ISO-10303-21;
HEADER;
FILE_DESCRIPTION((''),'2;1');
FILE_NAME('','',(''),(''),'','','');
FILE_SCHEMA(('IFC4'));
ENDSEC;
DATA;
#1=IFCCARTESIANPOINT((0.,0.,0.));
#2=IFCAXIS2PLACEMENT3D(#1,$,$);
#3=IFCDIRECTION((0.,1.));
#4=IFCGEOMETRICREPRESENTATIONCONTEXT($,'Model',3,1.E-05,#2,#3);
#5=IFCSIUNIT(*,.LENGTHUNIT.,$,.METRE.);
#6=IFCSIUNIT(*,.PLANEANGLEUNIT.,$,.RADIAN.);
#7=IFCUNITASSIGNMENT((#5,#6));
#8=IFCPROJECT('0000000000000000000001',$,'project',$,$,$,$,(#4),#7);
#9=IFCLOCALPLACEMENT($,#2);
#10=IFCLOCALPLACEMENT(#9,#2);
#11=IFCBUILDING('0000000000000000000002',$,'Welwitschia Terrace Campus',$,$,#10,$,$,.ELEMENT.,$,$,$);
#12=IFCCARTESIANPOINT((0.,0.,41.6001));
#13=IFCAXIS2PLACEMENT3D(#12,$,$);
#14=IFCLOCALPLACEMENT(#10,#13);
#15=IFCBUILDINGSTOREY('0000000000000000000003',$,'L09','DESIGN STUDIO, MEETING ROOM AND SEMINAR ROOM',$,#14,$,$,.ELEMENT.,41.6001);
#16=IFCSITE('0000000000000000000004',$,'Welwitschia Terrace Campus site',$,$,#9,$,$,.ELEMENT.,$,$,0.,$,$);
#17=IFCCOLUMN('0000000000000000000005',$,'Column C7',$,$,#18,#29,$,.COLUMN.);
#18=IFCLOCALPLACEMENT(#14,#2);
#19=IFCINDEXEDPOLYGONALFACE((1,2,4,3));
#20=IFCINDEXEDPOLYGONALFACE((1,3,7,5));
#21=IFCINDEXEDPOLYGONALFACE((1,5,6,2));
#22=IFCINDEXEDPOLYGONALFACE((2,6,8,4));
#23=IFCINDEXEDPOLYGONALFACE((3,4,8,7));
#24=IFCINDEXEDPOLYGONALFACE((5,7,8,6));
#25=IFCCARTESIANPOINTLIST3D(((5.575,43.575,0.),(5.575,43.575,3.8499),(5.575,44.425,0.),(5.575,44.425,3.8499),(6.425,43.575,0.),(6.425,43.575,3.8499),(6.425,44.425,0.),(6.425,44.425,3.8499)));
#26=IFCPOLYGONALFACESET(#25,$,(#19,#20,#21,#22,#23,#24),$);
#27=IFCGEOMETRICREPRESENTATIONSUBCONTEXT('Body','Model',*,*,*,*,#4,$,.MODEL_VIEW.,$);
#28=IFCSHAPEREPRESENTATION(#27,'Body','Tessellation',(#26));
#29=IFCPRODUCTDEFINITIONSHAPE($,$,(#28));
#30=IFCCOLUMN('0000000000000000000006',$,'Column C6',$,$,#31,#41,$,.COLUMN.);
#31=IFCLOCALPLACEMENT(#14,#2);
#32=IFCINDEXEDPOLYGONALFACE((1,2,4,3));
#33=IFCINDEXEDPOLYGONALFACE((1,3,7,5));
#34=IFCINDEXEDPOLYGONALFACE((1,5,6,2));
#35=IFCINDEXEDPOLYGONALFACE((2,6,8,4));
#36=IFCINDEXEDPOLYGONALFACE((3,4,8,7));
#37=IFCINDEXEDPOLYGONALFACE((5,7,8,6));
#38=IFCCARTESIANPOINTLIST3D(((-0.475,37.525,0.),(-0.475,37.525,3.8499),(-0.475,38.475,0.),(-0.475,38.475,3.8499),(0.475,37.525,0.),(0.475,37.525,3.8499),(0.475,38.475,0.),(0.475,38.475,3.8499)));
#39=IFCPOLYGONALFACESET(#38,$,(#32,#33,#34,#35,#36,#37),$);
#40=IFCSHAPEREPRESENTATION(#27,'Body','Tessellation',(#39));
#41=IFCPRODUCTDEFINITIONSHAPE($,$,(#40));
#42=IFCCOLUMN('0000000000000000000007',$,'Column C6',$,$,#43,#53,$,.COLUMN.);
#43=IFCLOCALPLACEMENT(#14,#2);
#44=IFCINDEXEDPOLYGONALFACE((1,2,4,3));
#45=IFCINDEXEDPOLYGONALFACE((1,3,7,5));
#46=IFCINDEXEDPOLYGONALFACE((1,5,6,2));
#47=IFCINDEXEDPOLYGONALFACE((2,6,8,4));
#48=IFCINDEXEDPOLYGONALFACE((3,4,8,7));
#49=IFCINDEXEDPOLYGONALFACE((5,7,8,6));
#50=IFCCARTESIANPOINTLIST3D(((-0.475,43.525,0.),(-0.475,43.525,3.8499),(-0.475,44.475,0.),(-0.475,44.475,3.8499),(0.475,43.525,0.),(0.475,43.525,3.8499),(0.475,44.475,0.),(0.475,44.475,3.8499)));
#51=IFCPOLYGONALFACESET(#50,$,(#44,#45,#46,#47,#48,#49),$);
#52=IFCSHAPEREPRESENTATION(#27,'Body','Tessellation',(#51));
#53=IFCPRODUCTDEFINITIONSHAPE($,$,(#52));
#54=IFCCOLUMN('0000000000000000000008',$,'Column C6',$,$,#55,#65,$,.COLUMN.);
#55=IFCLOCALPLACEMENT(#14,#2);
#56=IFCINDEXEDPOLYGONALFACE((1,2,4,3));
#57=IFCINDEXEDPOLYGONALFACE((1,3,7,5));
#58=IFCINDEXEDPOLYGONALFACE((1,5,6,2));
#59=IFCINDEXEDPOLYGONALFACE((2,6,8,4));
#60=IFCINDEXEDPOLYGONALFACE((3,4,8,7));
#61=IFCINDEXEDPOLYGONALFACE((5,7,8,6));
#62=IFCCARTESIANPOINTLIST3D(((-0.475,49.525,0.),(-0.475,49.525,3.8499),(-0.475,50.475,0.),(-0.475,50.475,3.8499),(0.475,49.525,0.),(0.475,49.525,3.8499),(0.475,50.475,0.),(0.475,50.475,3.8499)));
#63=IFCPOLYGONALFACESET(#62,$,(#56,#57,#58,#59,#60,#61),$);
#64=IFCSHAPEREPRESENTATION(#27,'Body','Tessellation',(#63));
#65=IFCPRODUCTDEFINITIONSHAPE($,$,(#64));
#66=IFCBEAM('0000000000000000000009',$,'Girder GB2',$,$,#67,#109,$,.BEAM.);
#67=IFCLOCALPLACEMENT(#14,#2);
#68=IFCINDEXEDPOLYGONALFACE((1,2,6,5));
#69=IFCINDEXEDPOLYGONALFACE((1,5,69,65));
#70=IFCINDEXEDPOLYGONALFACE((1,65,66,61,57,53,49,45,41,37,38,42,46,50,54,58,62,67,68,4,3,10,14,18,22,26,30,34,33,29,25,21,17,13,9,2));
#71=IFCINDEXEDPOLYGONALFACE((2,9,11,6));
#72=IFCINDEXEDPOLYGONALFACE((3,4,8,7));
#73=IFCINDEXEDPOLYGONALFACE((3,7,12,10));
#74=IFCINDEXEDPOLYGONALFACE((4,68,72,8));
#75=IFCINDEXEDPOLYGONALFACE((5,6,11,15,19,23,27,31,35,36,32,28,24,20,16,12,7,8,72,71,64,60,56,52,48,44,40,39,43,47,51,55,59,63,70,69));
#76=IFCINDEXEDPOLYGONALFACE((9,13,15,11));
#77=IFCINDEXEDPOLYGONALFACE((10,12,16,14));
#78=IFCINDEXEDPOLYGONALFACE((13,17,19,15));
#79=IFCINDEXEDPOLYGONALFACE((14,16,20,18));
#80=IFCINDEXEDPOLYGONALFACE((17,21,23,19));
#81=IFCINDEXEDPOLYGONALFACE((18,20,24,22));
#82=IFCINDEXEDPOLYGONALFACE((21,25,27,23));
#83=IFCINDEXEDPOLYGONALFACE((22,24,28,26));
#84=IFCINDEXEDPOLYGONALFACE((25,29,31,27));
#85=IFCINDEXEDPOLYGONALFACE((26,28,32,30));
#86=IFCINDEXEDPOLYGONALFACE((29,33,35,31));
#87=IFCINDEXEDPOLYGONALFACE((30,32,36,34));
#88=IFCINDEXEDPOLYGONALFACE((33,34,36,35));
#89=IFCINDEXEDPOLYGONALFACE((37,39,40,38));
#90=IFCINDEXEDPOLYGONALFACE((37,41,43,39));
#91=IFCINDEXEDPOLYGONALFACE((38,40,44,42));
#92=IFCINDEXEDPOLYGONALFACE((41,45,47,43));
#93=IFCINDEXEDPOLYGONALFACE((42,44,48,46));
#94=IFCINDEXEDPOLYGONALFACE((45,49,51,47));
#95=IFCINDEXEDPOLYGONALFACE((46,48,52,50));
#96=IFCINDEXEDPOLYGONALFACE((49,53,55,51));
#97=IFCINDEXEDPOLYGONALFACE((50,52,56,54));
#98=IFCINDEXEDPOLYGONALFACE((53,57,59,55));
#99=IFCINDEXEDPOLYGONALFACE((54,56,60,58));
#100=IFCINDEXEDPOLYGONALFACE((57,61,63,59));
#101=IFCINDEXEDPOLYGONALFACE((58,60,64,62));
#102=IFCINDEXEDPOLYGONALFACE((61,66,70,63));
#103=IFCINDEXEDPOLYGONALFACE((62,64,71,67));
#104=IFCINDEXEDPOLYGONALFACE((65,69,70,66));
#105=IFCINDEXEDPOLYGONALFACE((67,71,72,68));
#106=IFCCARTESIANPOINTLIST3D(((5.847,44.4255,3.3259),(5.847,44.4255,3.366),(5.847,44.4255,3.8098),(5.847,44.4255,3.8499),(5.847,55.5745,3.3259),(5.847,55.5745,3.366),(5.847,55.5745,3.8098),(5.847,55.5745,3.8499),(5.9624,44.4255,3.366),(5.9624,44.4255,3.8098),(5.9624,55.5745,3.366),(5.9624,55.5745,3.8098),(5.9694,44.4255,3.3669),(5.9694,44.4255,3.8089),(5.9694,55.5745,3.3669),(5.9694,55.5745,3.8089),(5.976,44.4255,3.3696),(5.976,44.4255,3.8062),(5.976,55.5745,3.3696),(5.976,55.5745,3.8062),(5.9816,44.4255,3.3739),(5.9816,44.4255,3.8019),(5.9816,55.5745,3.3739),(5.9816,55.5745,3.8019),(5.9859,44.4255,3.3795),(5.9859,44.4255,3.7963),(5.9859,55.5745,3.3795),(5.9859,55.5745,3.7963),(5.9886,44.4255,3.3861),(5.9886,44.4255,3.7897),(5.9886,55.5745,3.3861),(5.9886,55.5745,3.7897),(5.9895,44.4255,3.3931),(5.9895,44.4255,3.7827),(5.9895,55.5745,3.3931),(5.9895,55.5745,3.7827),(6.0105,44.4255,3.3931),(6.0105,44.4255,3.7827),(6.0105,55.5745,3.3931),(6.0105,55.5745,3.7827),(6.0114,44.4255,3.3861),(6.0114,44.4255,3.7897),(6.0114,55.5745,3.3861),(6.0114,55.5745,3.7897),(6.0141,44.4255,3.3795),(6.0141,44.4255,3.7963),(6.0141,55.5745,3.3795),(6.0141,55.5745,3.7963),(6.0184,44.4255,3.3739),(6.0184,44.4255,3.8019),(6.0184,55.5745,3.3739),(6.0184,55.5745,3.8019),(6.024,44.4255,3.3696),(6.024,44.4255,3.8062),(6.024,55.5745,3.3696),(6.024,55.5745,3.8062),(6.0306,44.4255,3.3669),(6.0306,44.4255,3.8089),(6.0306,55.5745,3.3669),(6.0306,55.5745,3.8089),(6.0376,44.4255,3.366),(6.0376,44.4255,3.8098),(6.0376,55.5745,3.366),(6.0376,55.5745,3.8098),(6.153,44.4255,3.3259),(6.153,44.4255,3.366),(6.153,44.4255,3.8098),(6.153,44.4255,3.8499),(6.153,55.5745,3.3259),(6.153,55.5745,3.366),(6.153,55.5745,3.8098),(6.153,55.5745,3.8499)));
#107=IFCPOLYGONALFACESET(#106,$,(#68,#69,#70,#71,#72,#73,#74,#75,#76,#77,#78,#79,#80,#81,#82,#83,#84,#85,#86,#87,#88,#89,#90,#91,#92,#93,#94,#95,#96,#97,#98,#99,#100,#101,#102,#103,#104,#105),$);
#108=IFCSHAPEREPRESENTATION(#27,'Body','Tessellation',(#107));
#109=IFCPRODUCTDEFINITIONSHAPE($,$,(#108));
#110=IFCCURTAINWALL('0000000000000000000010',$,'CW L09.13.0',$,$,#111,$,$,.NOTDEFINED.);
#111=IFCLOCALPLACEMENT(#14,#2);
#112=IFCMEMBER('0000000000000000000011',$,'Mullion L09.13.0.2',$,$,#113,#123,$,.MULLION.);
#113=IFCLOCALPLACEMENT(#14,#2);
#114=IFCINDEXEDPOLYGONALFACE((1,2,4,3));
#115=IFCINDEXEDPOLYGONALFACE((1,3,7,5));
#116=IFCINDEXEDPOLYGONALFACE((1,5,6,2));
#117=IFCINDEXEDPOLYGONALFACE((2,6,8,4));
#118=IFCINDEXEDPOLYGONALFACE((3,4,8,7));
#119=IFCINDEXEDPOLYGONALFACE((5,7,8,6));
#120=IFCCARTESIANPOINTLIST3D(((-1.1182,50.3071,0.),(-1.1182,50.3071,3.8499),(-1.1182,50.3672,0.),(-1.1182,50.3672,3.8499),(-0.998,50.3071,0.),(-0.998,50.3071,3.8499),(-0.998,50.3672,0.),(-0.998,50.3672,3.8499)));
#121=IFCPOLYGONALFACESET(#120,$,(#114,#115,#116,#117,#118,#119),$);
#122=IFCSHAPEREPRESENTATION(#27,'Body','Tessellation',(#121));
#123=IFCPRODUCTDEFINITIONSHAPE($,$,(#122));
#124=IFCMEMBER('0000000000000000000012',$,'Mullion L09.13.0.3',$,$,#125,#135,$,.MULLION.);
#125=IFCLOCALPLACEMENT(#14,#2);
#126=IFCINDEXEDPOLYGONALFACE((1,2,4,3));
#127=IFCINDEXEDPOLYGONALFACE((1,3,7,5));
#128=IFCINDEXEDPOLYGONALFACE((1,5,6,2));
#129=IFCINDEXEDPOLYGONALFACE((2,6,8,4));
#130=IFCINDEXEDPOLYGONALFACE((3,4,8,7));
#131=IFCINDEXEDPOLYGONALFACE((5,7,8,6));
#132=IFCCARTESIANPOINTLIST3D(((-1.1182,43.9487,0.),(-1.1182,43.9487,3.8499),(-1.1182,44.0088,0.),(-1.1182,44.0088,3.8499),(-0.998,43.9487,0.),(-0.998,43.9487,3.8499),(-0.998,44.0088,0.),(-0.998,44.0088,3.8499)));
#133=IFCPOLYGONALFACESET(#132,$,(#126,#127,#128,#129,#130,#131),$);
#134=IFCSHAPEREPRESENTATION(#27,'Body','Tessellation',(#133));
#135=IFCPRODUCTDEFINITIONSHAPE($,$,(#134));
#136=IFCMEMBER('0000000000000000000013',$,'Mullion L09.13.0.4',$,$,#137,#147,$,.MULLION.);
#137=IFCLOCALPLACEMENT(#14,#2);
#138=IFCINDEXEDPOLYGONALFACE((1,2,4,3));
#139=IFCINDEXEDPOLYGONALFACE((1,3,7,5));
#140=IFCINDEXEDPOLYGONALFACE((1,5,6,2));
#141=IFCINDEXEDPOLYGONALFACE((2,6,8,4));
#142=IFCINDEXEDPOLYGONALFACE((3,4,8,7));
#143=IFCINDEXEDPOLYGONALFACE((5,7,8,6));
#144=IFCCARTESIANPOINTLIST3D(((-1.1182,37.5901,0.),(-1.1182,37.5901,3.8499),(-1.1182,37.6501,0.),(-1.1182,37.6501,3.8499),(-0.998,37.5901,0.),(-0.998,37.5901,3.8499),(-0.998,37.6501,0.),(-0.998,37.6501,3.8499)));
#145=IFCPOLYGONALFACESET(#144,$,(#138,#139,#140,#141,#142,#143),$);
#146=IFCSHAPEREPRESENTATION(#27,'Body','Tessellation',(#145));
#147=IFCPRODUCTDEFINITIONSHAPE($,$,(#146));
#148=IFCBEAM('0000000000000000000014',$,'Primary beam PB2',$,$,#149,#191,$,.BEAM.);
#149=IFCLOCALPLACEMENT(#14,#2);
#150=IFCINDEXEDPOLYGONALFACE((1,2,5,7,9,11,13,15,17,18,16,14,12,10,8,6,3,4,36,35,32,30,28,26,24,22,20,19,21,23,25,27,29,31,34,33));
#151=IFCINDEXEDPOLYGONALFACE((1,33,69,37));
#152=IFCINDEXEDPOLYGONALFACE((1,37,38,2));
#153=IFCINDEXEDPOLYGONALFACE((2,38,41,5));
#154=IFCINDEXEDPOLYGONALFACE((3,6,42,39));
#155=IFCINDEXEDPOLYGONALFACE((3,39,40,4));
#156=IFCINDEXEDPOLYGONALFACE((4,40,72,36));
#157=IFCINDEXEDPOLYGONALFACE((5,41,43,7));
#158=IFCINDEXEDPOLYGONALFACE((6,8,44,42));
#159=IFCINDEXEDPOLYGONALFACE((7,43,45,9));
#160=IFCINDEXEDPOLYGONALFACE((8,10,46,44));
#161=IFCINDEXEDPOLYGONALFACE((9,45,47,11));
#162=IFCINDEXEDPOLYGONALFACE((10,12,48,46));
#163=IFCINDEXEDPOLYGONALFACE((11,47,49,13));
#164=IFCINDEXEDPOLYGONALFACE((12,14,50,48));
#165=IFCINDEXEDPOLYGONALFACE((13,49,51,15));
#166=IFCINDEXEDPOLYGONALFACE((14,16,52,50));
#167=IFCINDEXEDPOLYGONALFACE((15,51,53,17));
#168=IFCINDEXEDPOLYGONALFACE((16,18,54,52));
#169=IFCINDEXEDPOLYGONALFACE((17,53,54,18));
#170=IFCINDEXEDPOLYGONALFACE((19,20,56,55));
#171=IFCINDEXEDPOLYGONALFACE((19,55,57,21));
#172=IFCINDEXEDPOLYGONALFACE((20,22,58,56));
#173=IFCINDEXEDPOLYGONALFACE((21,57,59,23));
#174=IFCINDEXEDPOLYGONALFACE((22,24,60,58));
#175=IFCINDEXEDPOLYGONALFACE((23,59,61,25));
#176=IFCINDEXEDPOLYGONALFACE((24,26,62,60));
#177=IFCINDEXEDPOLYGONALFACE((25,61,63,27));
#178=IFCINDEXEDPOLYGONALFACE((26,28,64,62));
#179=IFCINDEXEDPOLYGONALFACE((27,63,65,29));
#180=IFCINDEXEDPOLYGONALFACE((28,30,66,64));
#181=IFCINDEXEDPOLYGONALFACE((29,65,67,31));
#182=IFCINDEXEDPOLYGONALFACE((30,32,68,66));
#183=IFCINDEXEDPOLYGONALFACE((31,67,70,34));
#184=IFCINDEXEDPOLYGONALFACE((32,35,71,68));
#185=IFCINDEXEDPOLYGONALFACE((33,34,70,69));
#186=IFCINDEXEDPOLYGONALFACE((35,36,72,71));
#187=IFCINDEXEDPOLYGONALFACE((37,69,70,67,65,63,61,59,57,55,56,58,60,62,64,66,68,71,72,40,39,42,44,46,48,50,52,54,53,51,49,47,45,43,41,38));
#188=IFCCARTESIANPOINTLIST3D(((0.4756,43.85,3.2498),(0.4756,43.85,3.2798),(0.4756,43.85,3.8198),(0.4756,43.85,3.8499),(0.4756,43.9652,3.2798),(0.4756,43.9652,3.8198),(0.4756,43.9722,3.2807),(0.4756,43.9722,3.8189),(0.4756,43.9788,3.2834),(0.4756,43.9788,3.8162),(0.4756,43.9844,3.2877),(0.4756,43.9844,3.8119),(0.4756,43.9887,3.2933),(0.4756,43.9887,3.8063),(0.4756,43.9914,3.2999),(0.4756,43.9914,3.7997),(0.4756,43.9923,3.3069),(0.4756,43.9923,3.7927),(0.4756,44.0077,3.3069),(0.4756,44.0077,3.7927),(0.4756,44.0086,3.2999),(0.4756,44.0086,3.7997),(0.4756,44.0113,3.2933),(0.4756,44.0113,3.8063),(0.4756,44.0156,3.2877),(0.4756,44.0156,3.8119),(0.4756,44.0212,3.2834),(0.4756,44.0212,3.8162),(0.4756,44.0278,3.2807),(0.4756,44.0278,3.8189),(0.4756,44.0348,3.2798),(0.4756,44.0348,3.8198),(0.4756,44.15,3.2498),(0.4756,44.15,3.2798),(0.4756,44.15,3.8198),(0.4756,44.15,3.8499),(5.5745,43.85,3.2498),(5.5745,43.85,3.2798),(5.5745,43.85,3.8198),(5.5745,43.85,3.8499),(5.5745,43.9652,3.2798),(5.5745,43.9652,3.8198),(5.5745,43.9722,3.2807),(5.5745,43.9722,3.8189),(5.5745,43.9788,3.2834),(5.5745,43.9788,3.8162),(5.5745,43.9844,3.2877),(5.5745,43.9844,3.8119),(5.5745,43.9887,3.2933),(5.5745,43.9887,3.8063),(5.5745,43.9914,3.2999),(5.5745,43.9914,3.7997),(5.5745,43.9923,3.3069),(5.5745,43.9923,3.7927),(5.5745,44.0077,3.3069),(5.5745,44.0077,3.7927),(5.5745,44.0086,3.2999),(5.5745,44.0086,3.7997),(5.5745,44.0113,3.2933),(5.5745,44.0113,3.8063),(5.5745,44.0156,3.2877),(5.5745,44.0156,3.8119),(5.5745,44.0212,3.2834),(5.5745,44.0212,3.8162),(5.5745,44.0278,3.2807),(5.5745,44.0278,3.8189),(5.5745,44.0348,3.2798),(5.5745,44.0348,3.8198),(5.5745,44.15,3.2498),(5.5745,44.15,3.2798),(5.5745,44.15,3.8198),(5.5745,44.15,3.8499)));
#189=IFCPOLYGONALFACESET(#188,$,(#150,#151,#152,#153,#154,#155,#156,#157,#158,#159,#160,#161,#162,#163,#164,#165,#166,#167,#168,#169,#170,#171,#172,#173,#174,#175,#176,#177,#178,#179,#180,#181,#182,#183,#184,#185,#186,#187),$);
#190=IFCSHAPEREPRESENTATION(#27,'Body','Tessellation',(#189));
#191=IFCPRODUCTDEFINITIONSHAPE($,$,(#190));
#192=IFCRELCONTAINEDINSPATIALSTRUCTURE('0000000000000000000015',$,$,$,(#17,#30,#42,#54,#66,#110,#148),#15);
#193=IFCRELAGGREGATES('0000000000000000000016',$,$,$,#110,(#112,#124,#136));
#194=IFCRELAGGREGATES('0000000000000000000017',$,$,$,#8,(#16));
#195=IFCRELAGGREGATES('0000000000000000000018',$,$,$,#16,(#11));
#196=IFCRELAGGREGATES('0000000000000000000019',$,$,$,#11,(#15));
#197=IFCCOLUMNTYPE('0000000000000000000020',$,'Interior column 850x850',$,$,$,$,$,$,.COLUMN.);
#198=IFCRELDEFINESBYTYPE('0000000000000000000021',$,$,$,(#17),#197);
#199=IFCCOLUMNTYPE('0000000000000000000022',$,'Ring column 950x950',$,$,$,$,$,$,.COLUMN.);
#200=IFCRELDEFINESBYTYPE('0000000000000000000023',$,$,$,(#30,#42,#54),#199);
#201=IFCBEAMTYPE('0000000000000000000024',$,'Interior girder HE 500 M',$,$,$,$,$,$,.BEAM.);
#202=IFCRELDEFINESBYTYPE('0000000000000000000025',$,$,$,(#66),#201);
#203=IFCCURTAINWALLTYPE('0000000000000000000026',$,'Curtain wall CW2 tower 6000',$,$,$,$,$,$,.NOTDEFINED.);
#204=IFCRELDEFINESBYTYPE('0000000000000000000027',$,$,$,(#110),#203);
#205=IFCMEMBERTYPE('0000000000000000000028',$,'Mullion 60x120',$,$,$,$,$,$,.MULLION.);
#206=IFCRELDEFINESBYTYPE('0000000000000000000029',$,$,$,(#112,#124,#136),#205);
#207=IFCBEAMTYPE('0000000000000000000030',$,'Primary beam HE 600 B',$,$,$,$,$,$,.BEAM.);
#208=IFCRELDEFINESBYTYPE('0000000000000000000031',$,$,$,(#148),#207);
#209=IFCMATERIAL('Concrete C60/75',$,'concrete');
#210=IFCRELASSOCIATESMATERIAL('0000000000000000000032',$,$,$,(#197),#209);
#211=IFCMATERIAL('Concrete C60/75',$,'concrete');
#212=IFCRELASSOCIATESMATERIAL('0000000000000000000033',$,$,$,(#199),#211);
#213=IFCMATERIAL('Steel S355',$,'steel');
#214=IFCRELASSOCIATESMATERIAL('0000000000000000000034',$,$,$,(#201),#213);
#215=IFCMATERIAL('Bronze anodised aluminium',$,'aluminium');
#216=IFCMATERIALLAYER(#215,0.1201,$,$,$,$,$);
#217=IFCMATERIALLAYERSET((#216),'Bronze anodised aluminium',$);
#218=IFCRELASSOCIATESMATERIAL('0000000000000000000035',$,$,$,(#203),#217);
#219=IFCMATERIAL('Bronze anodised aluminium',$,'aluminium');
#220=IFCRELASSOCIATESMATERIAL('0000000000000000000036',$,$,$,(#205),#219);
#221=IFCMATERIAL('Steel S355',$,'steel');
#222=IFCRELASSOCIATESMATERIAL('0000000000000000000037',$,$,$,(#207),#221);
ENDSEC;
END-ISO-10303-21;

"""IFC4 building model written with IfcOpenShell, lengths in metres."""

from ifc_helpers import new_model, si_unit, direction, frame, origin, origin_2d, place, context, subcontext, project, spatial, rectangle, i_section, extrude, material, layer, layer_set, material_profile, profile_set, type_object, element, aggregate, save


model = new_model("IFC4")

# Units and contexts
model_context = context("Model", 3, precision=1e-05, world=origin(), true_north=direction((0.0, 1.0)))
body_context = subcontext(model_context, "Body", "Model", "MODEL_VIEW")
ifc_project = project(units=[si_unit("LENGTHUNIT", "METRE"), si_unit("PLANEANGLEUNIT", "RADIAN")], contexts=[model_context])

# Site, building, storey
site_placement = place(None, origin())
site = spatial("IfcSite", under=ifc_project, at=site_placement, Name="Welwitschia Terrace Campus site", CompositionType="ELEMENT", RefElevation=0.0)
building_placement = place(site_placement, origin())
building = spatial("IfcBuilding", under=site, at=building_placement, Name="Welwitschia Terrace Campus", CompositionType="ELEMENT")
storey_placement = place(building_placement, frame((0.0, 0.0, 41.6001)))
storey = spatial("IfcBuildingStorey", under=building, at=storey_placement, Name="L09", Description="DESIGN STUDIO, MEETING ROOM AND SEMINAR ROOM", CompositionType="ELEMENT", Elevation=41.6001)

# Columns
ifc_material_1 = material(Name="Concrete C60/75", Category="concrete")
ifc_material_profile_1 = material_profile(ifc_material_1, rectangle(XDim=0.8501, YDim=0.8501, at=origin_2d()))
ifc_profile_set_1 = profile_set([ifc_material_profile_1], Name="Concrete C60/75")
column_type_1 = type_object("IfcColumnType", Name="Interior column 850x850", PredefinedType="COLUMN", material=ifc_profile_set_1)
column_placement = place(storey_placement, frame((6.0, 44.0, 0.0), z_axis=(0.0, 0.0, 1.0), x_axis=(1.0, 0.0, 0.0)))
element("IfcColumn", 1, at=column_placement, inside=storey, type_object=column_type_1, Name="Column C7", PredefinedType="COLUMN", context=body_context, shape_type="SweptSolid", body=[
    extrude(rectangle(XDim=0.8501, YDim=0.8501, at=origin_2d()), origin(), (0.0, 0.0, 1.0), 3.8499),
])
ifc_material_2 = material(Name="Concrete C60/75", Category="concrete")
ifc_material_profile_2 = material_profile(ifc_material_2, rectangle(XDim=0.95, YDim=0.95, at=origin_2d()))
ifc_profile_set_2 = profile_set([ifc_material_profile_2], Name="Concrete C60/75")
column_type_2 = type_object("IfcColumnType", Name="Ring column 950x950", PredefinedType="COLUMN", material=ifc_profile_set_2)
for number, where, z_axis, x_axis, name in (
    (2, (0.0, 38.0, 0.0), (0.0, 0.0, 1.0), (1.0, 0.0, 0.0), "Column C6"),
    (3, (0.0, 44.0, 0.0), (0.0, 0.0, 1.0), (1.0, 0.0, 0.0), "Column C6"),
    (4, (0.0, 50.0, 0.0), (0.0, 0.0, 1.0), (1.0, 0.0, 0.0), "Column C6"),
):
    element("IfcColumn", number, at=place(storey_placement, frame(where, z_axis=z_axis, x_axis=x_axis)), inside=storey, type_object=column_type_2, Name=name, PredefinedType="COLUMN", context=body_context, shape_type="SweptSolid", body=[
        extrude(rectangle(XDim=0.95, YDim=0.95, at=origin_2d()), origin(), (0.0, 0.0, 1.0), 3.8499),
    ])

# Beam
ifc_material_3 = material(Name="Steel S355", Category="steel")
ifc_material_profile_3 = material_profile(ifc_material_3, i_section(OverallWidth=0.3059, OverallDepth=0.5239, WebThickness=0.021, FlangeThickness=0.04, FilletRadius=0.0271, at=origin_2d()))
ifc_profile_set_3 = profile_set([ifc_material_profile_3], Name="Steel S355")
beam_type_1 = type_object("IfcBeamType", Name="Interior girder HE 500 M", PredefinedType="BEAM", material=ifc_profile_set_3)
beam_1_placement = place(storey_placement, frame((6.0, 44.4255, 3.5879), z_axis=(0.0, 1.0, 0.0), x_axis=(-1.0, 0.0, 0.0)))
element("IfcBeam", 5, at=beam_1_placement, inside=storey, type_object=beam_type_1, Name="Girder GB2", PredefinedType="BEAM", context=body_context, shape_type="SweptSolid", body=[
    extrude(i_section(OverallWidth=0.3059, OverallDepth=0.5239, WebThickness=0.021, FlangeThickness=0.04, FilletRadius=0.0271, at=origin_2d()), origin(), (0.0, 0.0, 1.0), 11.1489),
])

# Curtain wall, members
ifc_material_4 = material(Name="Bronze anodised aluminium", Category="aluminium")
ifc_layer_1 = layer(ifc_material_4, 0.1201)
ifc_layer_set_1 = layer_set([ifc_layer_1], Name="Bronze anodised aluminium")
curtain_wall_type = type_object("IfcCurtainWallType", Name="Curtain wall CW2 tower 6000", PredefinedType="NOTDEFINED", material=ifc_layer_set_1)
curtain_wall_placement = place(storey_placement, origin())
curtain_wall = element("IfcCurtainWall", 6, at=curtain_wall_placement, inside=storey, type_object=curtain_wall_type, Name="CW L09.13.0", PredefinedType="NOTDEFINED")
ifc_material_5 = material(Name="Bronze anodised aluminium", Category="aluminium")
ifc_material_profile_4 = material_profile(ifc_material_5, rectangle(XDim=0.1201, YDim=0.0601, at=origin_2d()))
ifc_profile_set_4 = profile_set([ifc_material_profile_4], Name="Bronze anodised aluminium")
member_type = type_object("IfcMemberType", Name="Mullion 60x120", PredefinedType="MULLION", material=ifc_profile_set_4)
member_1_placement = place(storey_placement, frame((-1.0581, 50.3372, 0.0), z_axis=(0.0, 0.0, 1.0), x_axis=(1.0, 0.0, 0.0)))
member_1 = element("IfcMember", 7, at=member_1_placement, type_object=member_type, Name="Mullion L09.13.0.2", PredefinedType="MULLION", context=body_context, shape_type="SweptSolid", body=[
    extrude(rectangle(XDim=0.1201, YDim=0.0601, at=origin_2d()), origin(), (0.0, 0.0, 1.0), 3.8499),
])
member_2_placement = place(storey_placement, frame((-1.0581, 43.9788, 0.0), z_axis=(0.0, 0.0, 1.0), x_axis=(1.0, 0.0, 0.0)))
member_2 = element("IfcMember", 8, at=member_2_placement, type_object=member_type, Name="Mullion L09.13.0.3", PredefinedType="MULLION", context=body_context, shape_type="SweptSolid", body=[
    extrude(rectangle(XDim=0.1201, YDim=0.0601, at=origin_2d()), origin(), (0.0, 0.0, 1.0), 3.8499),
])
member_3_placement = place(storey_placement, frame((-1.0581, 37.6201, 0.0), z_axis=(0.0, 0.0, 1.0), x_axis=(1.0, 0.0, 0.0)))
member_3 = element("IfcMember", 9, at=member_3_placement, type_object=member_type, Name="Mullion L09.13.0.4", PredefinedType="MULLION", context=body_context, shape_type="SweptSolid", body=[
    extrude(rectangle(XDim=0.1201, YDim=0.0601, at=origin_2d()), origin(), (0.0, 0.0, 1.0), 3.8499),
])

# Beam
ifc_material_6 = material(Name="Steel S355", Category="steel")
ifc_material_profile_5 = material_profile(ifc_material_6, i_section(OverallWidth=0.3, OverallDepth=0.6001, WebThickness=0.0154, FlangeThickness=0.03, FilletRadius=0.0271, at=origin_2d()))
ifc_profile_set_5 = profile_set([ifc_material_profile_5], Name="Steel S355")
beam_type_2 = type_object("IfcBeamType", Name="Primary beam HE 600 B", PredefinedType="BEAM", material=ifc_profile_set_5)
beam_2_placement = place(storey_placement, frame((0.4756, 44.0, 3.5498), z_axis=(1.0, 0.0, 0.0), x_axis=(0.0, 1.0, 0.0)))
element("IfcBeam", 10, at=beam_2_placement, inside=storey, type_object=beam_type_2, Name="Primary beam PB2", PredefinedType="BEAM", context=body_context, shape_type="SweptSolid", body=[
    extrude(i_section(OverallWidth=0.3, OverallDepth=0.6001, WebThickness=0.0154, FlangeThickness=0.03, FilletRadius=0.0271, at=origin_2d()), origin(), (0.0, 0.0, 1.0), 5.0989),
])

aggregate(curtain_wall, [member_1, member_2, member_3])

save(model, "model.ifc")
